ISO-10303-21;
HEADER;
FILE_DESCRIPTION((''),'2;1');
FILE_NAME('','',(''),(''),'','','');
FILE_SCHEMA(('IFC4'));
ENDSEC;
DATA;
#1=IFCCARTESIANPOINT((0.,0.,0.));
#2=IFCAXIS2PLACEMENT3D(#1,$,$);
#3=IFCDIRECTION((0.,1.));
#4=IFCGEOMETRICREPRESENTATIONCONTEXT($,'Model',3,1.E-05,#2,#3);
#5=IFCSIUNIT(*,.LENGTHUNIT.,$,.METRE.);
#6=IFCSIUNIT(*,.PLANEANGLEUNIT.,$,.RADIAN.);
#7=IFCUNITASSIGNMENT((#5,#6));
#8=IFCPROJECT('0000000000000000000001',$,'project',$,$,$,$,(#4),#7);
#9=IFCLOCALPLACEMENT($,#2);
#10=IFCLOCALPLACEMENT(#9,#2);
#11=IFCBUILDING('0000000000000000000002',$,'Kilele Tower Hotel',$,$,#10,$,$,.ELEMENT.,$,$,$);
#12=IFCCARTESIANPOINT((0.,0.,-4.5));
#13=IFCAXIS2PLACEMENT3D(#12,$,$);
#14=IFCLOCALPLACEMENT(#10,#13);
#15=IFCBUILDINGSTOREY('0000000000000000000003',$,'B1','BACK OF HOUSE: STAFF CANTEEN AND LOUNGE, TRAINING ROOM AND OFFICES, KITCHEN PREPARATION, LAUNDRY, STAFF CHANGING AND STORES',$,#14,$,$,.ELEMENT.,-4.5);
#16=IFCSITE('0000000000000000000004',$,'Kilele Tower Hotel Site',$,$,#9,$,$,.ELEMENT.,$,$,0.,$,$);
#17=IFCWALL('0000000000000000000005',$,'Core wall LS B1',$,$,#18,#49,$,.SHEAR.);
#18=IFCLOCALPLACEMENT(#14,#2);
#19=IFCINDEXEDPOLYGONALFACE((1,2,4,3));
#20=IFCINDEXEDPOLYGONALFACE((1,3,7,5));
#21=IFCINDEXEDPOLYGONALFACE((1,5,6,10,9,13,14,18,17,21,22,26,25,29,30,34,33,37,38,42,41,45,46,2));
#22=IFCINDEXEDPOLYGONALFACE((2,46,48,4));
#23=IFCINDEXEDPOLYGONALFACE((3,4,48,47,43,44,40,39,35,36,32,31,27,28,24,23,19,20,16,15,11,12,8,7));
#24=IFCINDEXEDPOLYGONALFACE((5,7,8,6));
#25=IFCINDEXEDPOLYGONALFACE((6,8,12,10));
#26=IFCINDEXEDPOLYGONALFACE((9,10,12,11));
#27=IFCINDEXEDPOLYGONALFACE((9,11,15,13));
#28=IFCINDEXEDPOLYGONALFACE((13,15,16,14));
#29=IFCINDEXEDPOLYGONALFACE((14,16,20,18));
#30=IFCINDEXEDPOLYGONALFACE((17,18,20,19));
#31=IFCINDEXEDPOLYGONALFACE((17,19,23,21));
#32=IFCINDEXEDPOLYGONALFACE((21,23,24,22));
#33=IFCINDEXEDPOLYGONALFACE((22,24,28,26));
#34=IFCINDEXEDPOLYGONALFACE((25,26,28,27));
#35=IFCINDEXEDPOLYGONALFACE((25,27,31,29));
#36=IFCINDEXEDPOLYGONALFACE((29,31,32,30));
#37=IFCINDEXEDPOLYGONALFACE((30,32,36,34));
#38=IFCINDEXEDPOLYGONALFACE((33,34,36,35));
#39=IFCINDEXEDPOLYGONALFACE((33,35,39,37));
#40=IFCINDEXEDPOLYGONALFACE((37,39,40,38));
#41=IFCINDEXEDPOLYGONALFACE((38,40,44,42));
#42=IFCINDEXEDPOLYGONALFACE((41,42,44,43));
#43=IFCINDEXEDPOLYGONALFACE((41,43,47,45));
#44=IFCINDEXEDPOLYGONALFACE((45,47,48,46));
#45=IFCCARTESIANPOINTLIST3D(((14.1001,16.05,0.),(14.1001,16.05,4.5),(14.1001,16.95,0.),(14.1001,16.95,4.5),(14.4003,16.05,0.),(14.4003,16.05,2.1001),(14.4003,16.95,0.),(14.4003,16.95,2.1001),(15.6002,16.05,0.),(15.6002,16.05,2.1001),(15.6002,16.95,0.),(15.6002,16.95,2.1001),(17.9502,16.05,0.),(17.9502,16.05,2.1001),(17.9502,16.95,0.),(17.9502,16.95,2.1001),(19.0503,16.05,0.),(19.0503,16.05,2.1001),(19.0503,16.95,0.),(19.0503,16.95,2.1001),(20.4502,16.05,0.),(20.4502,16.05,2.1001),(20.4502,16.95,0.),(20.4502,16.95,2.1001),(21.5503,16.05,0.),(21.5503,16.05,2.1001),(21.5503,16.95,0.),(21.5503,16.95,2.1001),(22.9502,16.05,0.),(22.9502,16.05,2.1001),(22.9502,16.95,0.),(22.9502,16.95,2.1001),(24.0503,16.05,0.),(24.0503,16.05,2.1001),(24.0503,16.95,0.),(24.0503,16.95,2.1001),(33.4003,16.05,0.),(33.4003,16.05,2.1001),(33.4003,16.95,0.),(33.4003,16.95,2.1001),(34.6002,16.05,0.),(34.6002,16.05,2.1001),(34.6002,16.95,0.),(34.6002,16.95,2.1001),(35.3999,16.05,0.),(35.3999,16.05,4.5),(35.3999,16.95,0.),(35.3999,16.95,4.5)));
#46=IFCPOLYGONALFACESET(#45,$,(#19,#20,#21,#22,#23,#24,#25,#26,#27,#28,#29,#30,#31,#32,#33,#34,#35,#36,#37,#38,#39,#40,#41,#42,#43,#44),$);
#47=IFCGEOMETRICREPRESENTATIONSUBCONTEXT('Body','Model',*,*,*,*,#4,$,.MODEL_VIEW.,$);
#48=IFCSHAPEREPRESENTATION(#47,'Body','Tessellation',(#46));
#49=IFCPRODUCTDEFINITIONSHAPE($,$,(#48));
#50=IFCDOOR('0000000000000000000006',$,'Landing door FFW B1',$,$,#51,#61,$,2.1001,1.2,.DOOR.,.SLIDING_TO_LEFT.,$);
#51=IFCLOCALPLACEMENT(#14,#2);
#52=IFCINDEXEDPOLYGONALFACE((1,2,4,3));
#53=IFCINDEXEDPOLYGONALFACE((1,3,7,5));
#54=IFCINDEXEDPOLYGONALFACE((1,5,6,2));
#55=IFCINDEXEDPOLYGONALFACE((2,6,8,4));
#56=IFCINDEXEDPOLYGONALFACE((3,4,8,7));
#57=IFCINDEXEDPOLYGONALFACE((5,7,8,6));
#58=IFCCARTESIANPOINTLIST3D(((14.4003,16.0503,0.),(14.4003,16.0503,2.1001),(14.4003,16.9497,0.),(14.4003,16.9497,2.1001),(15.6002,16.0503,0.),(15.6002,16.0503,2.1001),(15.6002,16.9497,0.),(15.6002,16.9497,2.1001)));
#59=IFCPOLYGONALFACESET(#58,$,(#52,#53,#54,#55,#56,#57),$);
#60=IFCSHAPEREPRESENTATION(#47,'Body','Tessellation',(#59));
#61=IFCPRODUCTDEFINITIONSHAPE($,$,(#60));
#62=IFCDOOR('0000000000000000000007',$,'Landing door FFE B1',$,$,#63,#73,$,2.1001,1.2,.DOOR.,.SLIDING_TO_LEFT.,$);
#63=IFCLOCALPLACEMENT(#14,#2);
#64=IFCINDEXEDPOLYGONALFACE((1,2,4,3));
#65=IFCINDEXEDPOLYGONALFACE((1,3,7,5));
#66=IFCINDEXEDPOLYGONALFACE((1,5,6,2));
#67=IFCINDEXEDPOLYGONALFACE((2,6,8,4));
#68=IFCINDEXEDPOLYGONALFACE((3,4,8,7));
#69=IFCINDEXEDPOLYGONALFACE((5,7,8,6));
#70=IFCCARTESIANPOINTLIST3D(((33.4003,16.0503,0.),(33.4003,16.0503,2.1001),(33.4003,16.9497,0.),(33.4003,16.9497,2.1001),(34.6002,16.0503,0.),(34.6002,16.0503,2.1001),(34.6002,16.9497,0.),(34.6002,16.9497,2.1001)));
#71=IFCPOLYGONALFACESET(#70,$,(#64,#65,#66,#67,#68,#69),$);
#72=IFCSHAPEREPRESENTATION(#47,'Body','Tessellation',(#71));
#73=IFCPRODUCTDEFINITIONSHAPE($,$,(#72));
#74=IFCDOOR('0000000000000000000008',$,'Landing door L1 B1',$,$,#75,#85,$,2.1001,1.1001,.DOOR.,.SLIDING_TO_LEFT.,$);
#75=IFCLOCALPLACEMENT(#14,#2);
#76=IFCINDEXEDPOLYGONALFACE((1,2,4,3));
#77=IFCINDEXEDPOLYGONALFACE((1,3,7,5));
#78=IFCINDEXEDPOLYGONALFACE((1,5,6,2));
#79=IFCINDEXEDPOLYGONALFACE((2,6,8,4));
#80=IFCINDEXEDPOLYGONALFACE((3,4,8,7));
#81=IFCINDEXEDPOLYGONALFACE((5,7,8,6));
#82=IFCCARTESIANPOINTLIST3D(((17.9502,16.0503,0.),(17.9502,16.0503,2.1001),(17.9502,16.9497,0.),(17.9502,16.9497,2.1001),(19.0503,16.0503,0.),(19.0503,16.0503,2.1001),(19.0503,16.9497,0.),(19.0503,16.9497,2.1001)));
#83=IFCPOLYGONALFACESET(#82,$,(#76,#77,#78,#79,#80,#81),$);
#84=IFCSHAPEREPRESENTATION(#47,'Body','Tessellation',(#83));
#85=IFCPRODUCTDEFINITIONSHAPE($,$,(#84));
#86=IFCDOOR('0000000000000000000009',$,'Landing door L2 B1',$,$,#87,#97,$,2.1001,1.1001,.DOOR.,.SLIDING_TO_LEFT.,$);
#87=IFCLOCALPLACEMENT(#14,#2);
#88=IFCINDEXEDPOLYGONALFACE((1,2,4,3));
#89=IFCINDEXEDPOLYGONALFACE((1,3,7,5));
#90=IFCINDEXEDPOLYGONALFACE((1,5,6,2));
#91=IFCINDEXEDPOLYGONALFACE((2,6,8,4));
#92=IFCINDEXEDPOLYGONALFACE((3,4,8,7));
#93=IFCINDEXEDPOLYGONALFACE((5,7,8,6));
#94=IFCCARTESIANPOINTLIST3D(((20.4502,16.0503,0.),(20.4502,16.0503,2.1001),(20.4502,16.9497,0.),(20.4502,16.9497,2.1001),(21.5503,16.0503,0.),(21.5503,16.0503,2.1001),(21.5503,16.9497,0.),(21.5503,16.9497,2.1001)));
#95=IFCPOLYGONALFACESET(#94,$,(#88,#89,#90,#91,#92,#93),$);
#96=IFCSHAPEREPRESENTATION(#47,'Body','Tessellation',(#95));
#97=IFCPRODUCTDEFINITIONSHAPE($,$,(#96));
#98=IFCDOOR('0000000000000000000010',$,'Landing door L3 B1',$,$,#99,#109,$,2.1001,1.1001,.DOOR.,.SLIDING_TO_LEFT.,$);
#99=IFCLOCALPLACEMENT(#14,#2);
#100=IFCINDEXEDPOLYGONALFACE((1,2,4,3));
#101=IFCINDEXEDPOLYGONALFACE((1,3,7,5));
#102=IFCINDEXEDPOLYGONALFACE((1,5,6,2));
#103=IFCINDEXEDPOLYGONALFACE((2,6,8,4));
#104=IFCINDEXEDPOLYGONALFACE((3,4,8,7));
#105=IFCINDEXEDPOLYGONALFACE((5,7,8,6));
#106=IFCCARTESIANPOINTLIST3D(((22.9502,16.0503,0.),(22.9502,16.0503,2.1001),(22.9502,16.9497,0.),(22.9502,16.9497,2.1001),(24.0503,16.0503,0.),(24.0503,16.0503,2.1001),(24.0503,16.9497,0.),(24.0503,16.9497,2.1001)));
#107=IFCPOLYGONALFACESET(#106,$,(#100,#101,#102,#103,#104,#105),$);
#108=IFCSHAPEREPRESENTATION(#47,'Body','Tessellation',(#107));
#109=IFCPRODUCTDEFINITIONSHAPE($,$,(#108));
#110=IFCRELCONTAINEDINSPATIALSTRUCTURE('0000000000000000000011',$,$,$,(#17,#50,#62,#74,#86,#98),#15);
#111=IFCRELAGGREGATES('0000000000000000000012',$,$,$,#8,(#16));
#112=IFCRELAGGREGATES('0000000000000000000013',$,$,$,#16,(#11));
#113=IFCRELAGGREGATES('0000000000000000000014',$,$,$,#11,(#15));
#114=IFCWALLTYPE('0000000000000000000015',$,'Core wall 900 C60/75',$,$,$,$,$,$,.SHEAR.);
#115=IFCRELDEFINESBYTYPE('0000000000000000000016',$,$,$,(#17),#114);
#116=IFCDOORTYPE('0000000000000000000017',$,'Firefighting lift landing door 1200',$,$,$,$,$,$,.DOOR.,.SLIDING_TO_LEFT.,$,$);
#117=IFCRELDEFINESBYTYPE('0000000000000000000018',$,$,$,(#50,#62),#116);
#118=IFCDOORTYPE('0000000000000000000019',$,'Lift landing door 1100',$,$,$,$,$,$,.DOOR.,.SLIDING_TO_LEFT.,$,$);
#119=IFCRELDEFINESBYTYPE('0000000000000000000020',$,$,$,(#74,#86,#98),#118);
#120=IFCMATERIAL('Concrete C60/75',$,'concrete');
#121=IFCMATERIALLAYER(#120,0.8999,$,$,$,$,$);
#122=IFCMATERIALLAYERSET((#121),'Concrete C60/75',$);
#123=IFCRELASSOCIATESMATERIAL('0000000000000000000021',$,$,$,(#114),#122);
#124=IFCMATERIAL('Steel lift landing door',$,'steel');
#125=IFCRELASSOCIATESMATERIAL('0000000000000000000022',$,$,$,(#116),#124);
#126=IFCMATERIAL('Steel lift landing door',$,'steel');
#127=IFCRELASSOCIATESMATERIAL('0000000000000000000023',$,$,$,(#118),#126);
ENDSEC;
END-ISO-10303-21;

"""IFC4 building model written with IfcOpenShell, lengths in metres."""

from ifc_helpers import new_model, si_unit, direction, frame, frame_2d, origin, place, context, subcontext, project, spatial, rectangle, extrude, material, layer, layer_set, type_object, element, fill, save


model = new_model("IFC4")

# Units and contexts
model_context = context("Model", 3, precision=1e-05, world=origin(), true_north=direction((0.0, 1.0)))
body_context = subcontext(model_context, "Body", "Model", "MODEL_VIEW")
ifc_project = project(units=[si_unit("LENGTHUNIT", "METRE"), si_unit("PLANEANGLEUNIT", "RADIAN")], contexts=[model_context])

# Site, building, storey
site_placement = place(None, origin())
site = spatial("IfcSite", under=ifc_project, at=site_placement, Name="Kilele Tower Hotel Site", CompositionType="ELEMENT", RefElevation=0.0)
building_placement = place(site_placement, origin())
building = spatial("IfcBuilding", under=site, at=building_placement, Name="Kilele Tower Hotel", CompositionType="ELEMENT")
storey_placement = place(building_placement, frame((0.0, 0.0, -4.5)))
storey = spatial("IfcBuildingStorey", under=building, at=storey_placement, Name="B1", Description="BACK OF HOUSE: STAFF CANTEEN AND LOUNGE, TRAINING ROOM AND OFFICES, KITCHEN PREPARATION, LAUNDRY, STAFF CHANGING AND STORES", CompositionType="ELEMENT", Elevation=-4.5)

# Shared definitions
ifc_material_1 = material(Name="Concrete C60/75", Category="concrete")
ifc_layer_1 = layer(ifc_material_1, 0.8999)
ifc_layer_set_1 = layer_set([ifc_layer_1], Name="Concrete C60/75")
wall_type_1 = type_object("IfcWallType", Name="Core wall 900 C60/75", PredefinedType="SHEAR", material=ifc_layer_set_1)

# Wall, openings, doors
wall_1_placement = place(storey_placement, frame((14.1001, 16.5, 0.0), z_axis=(0.0, 0.0, 1.0), x_axis=(1.0, 0.0, 0.0)))
wall_1 = element("IfcWall", 1, at=wall_1_placement, inside=storey, type_object=wall_type_1, Name="Core wall LS B1", PredefinedType="SHEAR", context=body_context, shape_type="SweptSolid", body=[
    extrude(rectangle(XDim=21.2998, YDim=0.8999, at=frame_2d((10.6499, 0.0))), origin(), (0.0, 0.0, 1.0), 4.5),
])
opening_1_placement = place(wall_1_placement, frame((3.8501, 0.0, 0.0)))
opening_1 = element("IfcOpeningElement", 2, at=opening_1_placement, cuts=wall_1, PredefinedType="OPENING", context=body_context, shape_type="SweptSolid", body=[
    extrude(rectangle(XDim=1.1001, YDim=2.1001, at=frame_2d((0.55, 1.05))), frame((0.0, 0.46, 0.0), z_axis=(0.0, -1.0, 0.0), x_axis=(1.0, 0.0, 0.0)), (0.0, 0.0, 1.0), 0.9199),
])
opening_2_placement = place(wall_1_placement, frame((6.3501, 0.0, 0.0)))
opening_2 = element("IfcOpeningElement", 3, at=opening_2_placement, cuts=wall_1, PredefinedType="OPENING", context=body_context, shape_type="SweptSolid", body=[
    extrude(rectangle(XDim=1.1001, YDim=2.1001, at=frame_2d((0.55, 1.05))), frame((0.0, 0.46, 0.0), z_axis=(0.0, -1.0, 0.0), x_axis=(1.0, 0.0, 0.0)), (0.0, 0.0, 1.0), 0.9199),
])
opening_3_placement = place(wall_1_placement, frame((8.8501, 0.0, 0.0)))
opening_3 = element("IfcOpeningElement", 4, at=opening_3_placement, cuts=wall_1, PredefinedType="OPENING", context=body_context, shape_type="SweptSolid", body=[
    extrude(rectangle(XDim=1.1001, YDim=2.1001, at=frame_2d((0.55, 1.05))), frame((0.0, 0.46, 0.0), z_axis=(0.0, -1.0, 0.0), x_axis=(1.0, 0.0, 0.0)), (0.0, 0.0, 1.0), 0.9199),
])
opening_4_placement = place(wall_1_placement, frame((0.3, 0.0, 0.0)))
opening_4 = element("IfcOpeningElement", 5, at=opening_4_placement, cuts=wall_1, PredefinedType="OPENING", context=body_context, shape_type="SweptSolid", body=[
    extrude(rectangle(XDim=1.2, YDim=2.1001, at=frame_2d((0.6001, 1.05))), frame((0.0, 0.46, 0.0), z_axis=(0.0, -1.0, 0.0), x_axis=(1.0, 0.0, 0.0)), (0.0, 0.0, 1.0), 0.9199),
])
opening_5_placement = place(wall_1_placement, frame((19.3, 0.0, 0.0)))
opening_5 = element("IfcOpeningElement", 6, at=opening_5_placement, cuts=wall_1, PredefinedType="OPENING", context=body_context, shape_type="SweptSolid", body=[
    extrude(rectangle(XDim=1.2, YDim=2.1001, at=frame_2d((0.6001, 1.05))), frame((0.0, 0.46, 0.0), z_axis=(0.0, -1.0, 0.0), x_axis=(1.0, 0.0, 0.0)), (0.0, 0.0, 1.0), 0.9199),
])
ifc_material_2 = material(Name="Steel lift landing door", Category="steel")
door_type_1 = type_object("IfcDoorType", Name="Firefighting lift landing door 1200", OperationType="SLIDING_TO_LEFT", PredefinedType="DOOR", material=ifc_material_2)
door_1_placement = place(opening_4_placement, origin())
door_1 = element("IfcDoor", 7, at=door_1_placement, inside=storey, type_object=door_type_1, Name="Landing door FFW B1", OperationType="SLIDING_TO_LEFT", OverallHeight=2.1001, OverallWidth=1.2, PredefinedType="DOOR", context=body_context, shape_type="SweptSolid", body=[
    extrude(rectangle(XDim=1.2, YDim=2.1001, at=frame_2d((0.6001, 1.05))), frame((0.0, 0.4497, 0.0), z_axis=(0.0, -1.0, 0.0), x_axis=(1.0, 0.0, 0.0)), (0.0, 0.0, 1.0), 0.8994),
])
fill(opening_4, door_1)
door_2_placement = place(opening_5_placement, origin())
door_2 = element("IfcDoor", 8, at=door_2_placement, inside=storey, type_object=door_type_1, Name="Landing door FFE B1", OperationType="SLIDING_TO_LEFT", OverallHeight=2.1001, OverallWidth=1.2, PredefinedType="DOOR", context=body_context, shape_type="SweptSolid", body=[
    extrude(rectangle(XDim=1.2, YDim=2.1001, at=frame_2d((0.6001, 1.05))), frame((0.0, 0.4497, 0.0), z_axis=(0.0, -1.0, 0.0), x_axis=(1.0, 0.0, 0.0)), (0.0, 0.0, 1.0), 0.8994),
])
fill(opening_5, door_2)
ifc_material_3 = material(Name="Steel lift landing door", Category="steel")
door_type_2 = type_object("IfcDoorType", Name="Lift landing door 1100", OperationType="SLIDING_TO_LEFT", PredefinedType="DOOR", material=ifc_material_3)
door_3_placement = place(opening_1_placement, origin())
door_3 = element("IfcDoor", 9, at=door_3_placement, inside=storey, type_object=door_type_2, Name="Landing door L1 B1", OperationType="SLIDING_TO_LEFT", OverallHeight=2.1001, OverallWidth=1.1001, PredefinedType="DOOR", context=body_context, shape_type="SweptSolid", body=[
    extrude(rectangle(XDim=1.1001, YDim=2.1001, at=frame_2d((0.55, 1.05))), frame((0.0, 0.4497, 0.0), z_axis=(0.0, -1.0, 0.0), x_axis=(1.0, 0.0, 0.0)), (0.0, 0.0, 1.0), 0.8994),
])
fill(opening_1, door_3)
door_4_placement = place(opening_2_placement, origin())
door_4 = element("IfcDoor", 10, at=door_4_placement, inside=storey, type_object=door_type_2, Name="Landing door L2 B1", OperationType="SLIDING_TO_LEFT", OverallHeight=2.1001, OverallWidth=1.1001, PredefinedType="DOOR", context=body_context, shape_type="SweptSolid", body=[
    extrude(rectangle(XDim=1.1001, YDim=2.1001, at=frame_2d((0.55, 1.05))), frame((0.0, 0.4497, 0.0), z_axis=(0.0, -1.0, 0.0), x_axis=(1.0, 0.0, 0.0)), (0.0, 0.0, 1.0), 0.8994),
])
fill(opening_2, door_4)
door_5_placement = place(opening_3_placement, origin())
door_5 = element("IfcDoor", 11, at=door_5_placement, inside=storey, type_object=door_type_2, Name="Landing door L3 B1", OperationType="SLIDING_TO_LEFT", OverallHeight=2.1001, OverallWidth=1.1001, PredefinedType="DOOR", context=body_context, shape_type="SweptSolid", body=[
    extrude(rectangle(XDim=1.1001, YDim=2.1001, at=frame_2d((0.55, 1.05))), frame((0.0, 0.4497, 0.0), z_axis=(0.0, -1.0, 0.0), x_axis=(1.0, 0.0, 0.0)), (0.0, 0.0, 1.0), 0.8994),
])
fill(opening_3, door_5)

save(model, "model.ifc")
